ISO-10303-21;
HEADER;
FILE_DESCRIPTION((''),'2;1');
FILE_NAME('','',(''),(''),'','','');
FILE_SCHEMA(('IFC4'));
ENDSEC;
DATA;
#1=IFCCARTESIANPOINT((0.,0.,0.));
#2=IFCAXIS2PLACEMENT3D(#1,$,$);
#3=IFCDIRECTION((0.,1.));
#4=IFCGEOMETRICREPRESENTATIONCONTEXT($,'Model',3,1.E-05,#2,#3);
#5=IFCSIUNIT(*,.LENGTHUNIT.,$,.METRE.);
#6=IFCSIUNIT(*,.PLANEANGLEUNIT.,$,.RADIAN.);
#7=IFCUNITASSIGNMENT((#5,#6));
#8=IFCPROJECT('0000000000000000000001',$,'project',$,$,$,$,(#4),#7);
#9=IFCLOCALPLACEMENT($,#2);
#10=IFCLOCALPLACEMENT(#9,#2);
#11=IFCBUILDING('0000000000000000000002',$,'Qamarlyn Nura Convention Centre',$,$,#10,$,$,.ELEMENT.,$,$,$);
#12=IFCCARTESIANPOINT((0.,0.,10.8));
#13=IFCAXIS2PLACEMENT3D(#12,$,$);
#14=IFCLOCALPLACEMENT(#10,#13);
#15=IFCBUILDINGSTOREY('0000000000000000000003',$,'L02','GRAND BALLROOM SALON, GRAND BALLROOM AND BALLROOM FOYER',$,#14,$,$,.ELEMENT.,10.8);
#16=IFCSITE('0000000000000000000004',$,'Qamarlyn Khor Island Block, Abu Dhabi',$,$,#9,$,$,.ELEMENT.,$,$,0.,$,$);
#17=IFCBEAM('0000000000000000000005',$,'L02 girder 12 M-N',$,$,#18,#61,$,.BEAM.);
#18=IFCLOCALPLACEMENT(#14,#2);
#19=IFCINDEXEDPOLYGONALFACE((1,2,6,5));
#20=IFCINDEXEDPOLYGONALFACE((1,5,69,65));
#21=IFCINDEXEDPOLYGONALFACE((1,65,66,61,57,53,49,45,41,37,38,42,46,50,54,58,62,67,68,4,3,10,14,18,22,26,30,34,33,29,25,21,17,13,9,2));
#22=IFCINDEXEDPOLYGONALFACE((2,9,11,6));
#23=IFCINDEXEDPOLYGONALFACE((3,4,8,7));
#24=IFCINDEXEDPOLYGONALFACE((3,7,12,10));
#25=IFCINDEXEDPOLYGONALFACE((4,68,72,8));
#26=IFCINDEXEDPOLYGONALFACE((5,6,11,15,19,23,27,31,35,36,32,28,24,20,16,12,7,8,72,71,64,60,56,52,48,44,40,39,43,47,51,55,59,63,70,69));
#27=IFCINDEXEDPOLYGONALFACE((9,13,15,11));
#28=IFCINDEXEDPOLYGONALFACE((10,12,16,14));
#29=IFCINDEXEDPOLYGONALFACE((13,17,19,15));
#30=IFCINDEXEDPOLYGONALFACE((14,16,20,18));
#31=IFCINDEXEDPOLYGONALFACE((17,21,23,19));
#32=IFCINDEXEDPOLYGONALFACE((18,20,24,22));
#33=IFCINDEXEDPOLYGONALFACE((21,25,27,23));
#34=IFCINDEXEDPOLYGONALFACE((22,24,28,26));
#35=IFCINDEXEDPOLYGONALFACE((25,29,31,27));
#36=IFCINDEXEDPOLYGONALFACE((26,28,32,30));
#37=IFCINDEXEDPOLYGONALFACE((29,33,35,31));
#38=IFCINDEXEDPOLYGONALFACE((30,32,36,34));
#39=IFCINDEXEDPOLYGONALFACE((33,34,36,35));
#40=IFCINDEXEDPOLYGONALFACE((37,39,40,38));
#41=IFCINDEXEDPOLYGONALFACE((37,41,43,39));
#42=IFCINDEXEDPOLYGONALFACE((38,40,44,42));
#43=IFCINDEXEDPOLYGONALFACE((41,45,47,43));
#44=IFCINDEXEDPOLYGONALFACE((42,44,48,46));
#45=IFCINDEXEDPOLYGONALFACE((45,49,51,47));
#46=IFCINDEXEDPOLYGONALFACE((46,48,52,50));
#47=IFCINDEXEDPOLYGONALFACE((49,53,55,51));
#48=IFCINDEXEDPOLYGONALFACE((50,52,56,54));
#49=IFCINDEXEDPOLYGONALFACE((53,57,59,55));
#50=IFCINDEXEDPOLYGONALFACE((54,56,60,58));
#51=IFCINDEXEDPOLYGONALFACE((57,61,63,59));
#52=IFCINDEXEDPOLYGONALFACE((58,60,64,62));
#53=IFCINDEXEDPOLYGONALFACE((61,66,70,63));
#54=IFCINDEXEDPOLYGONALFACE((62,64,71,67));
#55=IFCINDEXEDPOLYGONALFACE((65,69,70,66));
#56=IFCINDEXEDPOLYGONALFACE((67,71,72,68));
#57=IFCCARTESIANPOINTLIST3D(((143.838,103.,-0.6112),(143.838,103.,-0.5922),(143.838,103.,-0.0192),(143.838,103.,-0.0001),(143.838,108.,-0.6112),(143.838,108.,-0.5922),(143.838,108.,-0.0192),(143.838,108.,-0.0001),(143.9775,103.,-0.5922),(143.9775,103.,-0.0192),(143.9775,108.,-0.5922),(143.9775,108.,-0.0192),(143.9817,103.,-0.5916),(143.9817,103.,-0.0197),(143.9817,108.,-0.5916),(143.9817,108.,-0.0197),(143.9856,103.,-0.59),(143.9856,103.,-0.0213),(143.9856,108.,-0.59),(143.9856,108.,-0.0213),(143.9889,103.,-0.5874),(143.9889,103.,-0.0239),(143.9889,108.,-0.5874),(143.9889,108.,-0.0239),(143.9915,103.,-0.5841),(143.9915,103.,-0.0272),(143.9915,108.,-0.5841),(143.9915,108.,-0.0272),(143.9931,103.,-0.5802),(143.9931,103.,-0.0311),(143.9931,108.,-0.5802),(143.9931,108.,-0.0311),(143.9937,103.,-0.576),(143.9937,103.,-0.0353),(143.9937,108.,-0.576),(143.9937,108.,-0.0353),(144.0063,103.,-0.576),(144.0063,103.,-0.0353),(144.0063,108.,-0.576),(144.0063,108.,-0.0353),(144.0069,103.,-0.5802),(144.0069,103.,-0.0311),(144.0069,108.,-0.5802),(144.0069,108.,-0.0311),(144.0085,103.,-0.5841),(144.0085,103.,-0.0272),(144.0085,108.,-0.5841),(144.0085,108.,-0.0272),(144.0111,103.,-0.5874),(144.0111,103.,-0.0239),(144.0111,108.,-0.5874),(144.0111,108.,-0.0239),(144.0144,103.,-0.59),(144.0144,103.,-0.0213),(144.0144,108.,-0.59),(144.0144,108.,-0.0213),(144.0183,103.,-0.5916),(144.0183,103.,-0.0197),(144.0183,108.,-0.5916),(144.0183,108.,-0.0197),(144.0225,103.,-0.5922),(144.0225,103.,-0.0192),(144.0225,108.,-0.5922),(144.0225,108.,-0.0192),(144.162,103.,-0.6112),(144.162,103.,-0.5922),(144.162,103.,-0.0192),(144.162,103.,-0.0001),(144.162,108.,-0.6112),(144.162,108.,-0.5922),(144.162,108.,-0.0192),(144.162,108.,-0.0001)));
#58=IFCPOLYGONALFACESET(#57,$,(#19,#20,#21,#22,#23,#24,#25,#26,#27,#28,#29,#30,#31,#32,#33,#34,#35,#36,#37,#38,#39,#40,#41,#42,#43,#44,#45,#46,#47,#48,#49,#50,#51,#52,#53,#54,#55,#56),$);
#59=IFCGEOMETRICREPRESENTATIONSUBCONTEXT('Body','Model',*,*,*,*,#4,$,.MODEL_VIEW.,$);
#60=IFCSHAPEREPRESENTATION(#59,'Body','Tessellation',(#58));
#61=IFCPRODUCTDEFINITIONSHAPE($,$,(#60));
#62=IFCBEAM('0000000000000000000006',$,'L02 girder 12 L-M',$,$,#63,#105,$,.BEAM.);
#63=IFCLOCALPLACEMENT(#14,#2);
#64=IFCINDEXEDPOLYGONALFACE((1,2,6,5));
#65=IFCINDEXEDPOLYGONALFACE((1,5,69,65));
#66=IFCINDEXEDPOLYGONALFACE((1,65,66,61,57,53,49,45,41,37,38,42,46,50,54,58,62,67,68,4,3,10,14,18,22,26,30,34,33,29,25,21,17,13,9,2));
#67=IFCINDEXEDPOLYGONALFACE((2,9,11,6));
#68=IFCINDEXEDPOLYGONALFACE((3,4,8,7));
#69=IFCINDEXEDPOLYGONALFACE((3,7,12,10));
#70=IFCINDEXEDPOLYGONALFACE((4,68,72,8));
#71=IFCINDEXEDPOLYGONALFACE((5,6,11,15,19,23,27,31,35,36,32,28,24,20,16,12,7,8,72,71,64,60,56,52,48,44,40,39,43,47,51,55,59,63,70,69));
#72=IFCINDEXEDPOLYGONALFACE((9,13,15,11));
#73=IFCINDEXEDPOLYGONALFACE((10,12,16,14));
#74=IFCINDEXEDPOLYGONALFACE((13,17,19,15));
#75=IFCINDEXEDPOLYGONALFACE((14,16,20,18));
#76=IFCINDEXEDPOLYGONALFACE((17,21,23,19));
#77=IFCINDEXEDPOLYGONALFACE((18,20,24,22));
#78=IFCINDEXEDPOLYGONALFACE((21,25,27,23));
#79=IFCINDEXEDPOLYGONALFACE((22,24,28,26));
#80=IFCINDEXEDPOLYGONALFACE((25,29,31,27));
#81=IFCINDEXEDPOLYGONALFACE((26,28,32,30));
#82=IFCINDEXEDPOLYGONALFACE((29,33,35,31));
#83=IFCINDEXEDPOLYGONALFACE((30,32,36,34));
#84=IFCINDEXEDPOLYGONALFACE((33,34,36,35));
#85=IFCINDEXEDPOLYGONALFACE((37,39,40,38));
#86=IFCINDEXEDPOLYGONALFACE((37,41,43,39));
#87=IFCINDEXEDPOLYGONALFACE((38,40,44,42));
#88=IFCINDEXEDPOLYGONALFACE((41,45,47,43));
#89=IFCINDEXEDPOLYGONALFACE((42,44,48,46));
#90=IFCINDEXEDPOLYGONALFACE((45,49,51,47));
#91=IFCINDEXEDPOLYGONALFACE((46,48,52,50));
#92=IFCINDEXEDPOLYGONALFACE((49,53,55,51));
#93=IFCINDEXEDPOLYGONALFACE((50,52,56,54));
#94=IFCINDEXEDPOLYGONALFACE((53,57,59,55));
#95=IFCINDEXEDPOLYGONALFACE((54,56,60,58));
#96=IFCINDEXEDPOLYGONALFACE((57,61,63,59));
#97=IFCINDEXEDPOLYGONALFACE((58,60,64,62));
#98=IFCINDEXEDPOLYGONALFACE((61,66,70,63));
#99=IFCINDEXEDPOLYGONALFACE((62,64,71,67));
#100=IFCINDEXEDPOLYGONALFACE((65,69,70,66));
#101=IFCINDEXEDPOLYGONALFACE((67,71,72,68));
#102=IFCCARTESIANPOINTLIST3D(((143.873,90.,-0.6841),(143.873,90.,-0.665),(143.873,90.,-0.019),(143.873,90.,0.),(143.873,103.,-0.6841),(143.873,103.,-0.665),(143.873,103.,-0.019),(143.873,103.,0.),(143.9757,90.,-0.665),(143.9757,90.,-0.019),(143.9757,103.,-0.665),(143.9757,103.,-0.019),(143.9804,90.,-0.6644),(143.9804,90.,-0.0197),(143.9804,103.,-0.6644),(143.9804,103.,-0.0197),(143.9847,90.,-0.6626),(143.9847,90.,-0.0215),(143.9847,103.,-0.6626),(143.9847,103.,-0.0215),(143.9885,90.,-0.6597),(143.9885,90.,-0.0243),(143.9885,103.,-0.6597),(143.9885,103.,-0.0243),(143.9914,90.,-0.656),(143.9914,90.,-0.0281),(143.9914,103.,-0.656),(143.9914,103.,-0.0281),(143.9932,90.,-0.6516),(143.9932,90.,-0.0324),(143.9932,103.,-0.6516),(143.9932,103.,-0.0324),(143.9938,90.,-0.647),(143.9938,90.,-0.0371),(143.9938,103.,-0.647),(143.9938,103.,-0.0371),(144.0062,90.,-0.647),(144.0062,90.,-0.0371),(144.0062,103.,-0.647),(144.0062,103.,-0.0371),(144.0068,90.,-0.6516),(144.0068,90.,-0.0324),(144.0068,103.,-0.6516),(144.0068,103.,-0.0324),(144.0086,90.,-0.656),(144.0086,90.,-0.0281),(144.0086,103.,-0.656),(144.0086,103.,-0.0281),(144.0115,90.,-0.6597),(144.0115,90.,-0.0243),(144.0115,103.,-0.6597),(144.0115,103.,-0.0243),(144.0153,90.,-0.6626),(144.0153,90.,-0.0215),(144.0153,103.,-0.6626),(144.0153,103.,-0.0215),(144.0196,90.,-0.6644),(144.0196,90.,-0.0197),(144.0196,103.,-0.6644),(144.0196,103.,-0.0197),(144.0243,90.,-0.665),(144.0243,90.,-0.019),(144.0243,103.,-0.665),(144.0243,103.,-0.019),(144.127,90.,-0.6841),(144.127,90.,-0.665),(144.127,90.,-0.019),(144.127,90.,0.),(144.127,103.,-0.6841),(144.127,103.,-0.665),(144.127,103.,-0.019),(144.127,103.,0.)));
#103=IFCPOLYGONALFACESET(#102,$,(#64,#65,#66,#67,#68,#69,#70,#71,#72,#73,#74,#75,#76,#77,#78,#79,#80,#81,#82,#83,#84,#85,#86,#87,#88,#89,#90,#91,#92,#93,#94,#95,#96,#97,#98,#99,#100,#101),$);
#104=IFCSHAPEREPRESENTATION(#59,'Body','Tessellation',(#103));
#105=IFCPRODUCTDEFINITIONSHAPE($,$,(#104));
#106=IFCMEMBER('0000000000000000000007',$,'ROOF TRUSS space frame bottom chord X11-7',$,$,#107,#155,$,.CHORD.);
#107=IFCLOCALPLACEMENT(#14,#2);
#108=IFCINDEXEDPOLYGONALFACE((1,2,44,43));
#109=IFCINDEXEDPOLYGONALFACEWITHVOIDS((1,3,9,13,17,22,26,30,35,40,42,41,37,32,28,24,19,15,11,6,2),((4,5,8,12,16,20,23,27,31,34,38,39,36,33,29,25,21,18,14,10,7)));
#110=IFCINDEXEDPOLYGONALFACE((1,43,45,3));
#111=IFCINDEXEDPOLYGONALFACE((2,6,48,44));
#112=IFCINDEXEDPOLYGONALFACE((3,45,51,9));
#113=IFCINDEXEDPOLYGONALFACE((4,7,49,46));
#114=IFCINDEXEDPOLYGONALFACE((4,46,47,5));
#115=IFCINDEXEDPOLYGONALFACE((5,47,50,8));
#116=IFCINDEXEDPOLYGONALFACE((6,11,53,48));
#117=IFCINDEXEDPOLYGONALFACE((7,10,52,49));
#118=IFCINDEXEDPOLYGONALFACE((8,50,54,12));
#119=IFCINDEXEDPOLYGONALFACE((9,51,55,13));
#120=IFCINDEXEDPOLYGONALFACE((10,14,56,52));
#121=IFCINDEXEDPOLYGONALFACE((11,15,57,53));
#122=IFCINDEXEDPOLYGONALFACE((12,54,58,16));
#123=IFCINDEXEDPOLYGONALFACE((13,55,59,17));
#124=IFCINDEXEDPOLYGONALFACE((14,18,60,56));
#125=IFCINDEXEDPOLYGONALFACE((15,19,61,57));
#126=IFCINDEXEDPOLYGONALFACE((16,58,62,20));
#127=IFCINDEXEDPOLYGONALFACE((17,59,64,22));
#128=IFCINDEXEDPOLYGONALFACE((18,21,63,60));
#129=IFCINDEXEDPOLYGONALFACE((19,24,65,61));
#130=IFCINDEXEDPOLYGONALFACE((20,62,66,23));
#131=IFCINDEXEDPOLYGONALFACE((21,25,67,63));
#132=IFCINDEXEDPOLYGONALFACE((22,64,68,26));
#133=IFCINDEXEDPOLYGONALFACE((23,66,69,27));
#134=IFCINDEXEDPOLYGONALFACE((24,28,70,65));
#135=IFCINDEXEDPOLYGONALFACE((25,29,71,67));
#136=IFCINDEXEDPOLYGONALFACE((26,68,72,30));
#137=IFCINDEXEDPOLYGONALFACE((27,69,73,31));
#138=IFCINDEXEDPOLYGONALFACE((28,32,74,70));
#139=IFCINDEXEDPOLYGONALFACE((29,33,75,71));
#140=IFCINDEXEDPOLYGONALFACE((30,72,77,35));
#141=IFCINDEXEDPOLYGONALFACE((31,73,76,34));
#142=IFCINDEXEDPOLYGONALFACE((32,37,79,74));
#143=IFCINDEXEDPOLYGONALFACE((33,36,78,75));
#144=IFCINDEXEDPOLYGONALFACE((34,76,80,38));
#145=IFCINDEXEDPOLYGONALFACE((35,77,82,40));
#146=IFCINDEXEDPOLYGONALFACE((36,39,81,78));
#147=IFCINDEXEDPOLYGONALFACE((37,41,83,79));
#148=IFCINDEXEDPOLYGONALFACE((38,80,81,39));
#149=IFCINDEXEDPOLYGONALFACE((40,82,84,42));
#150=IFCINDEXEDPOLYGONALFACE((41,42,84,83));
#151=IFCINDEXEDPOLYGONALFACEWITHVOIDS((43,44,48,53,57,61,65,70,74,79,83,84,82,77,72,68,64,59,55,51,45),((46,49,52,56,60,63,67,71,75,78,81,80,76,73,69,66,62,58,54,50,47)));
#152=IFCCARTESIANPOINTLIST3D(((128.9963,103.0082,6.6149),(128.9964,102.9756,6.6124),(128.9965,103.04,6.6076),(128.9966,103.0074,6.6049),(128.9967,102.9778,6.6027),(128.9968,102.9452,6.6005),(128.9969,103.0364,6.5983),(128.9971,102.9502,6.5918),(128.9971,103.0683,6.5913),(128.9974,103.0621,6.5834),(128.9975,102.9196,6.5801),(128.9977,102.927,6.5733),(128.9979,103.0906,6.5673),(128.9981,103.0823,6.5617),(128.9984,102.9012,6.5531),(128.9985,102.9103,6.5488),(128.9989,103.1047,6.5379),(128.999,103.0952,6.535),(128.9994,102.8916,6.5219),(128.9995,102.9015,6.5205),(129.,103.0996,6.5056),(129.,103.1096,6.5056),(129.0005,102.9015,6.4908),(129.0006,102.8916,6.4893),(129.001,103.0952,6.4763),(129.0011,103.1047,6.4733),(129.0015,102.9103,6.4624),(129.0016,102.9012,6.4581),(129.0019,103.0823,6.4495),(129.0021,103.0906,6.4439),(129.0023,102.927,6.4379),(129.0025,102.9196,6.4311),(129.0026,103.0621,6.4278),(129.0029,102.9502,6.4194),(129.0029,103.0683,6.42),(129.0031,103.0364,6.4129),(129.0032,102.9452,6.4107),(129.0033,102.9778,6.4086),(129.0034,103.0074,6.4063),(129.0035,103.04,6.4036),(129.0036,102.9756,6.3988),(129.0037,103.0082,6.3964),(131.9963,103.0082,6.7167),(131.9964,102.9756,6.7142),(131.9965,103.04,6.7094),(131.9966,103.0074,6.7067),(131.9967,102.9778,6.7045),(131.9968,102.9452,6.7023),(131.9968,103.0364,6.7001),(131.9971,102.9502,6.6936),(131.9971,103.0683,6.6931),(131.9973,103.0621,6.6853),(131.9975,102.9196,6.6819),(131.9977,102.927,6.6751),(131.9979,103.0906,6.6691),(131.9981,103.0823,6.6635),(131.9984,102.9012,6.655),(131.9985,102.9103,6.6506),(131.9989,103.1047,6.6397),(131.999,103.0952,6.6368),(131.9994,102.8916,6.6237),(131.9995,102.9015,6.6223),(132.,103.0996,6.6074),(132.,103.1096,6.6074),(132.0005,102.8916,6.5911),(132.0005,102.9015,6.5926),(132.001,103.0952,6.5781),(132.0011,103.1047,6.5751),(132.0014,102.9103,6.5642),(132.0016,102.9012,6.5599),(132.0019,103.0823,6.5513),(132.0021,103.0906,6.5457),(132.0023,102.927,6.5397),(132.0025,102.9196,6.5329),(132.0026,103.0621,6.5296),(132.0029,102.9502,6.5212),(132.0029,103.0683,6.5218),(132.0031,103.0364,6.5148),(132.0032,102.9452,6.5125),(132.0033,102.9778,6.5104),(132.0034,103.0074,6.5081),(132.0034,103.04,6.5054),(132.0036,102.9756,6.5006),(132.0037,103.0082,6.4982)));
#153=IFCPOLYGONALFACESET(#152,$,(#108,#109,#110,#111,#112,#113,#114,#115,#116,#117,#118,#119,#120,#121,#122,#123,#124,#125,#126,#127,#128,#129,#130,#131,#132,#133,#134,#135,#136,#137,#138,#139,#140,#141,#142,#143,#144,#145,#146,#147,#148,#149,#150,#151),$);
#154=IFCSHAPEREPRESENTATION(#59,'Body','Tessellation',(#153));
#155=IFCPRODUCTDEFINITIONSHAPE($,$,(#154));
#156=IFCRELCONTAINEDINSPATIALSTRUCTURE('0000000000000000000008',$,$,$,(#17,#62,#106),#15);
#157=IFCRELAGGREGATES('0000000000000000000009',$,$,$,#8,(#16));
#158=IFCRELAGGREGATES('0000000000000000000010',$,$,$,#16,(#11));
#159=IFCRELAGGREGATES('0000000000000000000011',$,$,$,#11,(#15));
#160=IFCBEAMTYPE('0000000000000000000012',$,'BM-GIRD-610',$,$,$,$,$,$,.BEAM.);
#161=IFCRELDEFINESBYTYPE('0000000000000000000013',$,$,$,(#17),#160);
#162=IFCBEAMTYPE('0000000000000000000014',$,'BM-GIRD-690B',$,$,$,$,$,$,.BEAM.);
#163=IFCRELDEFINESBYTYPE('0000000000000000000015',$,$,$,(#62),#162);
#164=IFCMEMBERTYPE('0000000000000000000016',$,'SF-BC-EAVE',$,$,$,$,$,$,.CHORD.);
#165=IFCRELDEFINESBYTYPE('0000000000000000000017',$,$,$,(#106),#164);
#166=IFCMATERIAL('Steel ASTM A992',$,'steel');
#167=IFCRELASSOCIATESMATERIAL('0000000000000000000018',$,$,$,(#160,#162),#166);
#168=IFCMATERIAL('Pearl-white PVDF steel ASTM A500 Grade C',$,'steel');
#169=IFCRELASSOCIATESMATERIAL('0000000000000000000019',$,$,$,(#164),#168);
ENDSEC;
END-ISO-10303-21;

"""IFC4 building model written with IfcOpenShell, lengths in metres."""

from ifc_helpers import new_model, si_unit, direction, frame, origin, origin_2d, place, context, subcontext, project, spatial, hollow_circle, i_section, extrude, material, material_profile, profile_set, type_object, element, save


model = new_model("IFC4")

# Units and contexts
model_context = context("Model", 3, precision=1e-05, world=origin(), true_north=direction((0.0, 1.0)))
body_context = subcontext(model_context, "Body", "Model", "MODEL_VIEW")
ifc_project = project(units=[si_unit("LENGTHUNIT", "METRE"), si_unit("PLANEANGLEUNIT", "RADIAN")], contexts=[model_context])

# Site, building, storey
site_placement = place(None, origin())
site = spatial("IfcSite", under=ifc_project, at=site_placement, Name="Qamarlyn Khor Island Block, Abu Dhabi", CompositionType="ELEMENT", RefElevation=0.0)
building_placement = place(site_placement, origin())
building = spatial("IfcBuilding", under=site, at=building_placement, Name="Qamarlyn Nura Convention Centre", CompositionType="ELEMENT")
storey_placement = place(building_placement, frame((0.0, 0.0, 10.8)))
storey = spatial("IfcBuildingStorey", under=building, at=storey_placement, Name="L02", Description="GRAND BALLROOM SALON, GRAND BALLROOM AND BALLROOM FOYER", CompositionType="ELEMENT", Elevation=10.8)

# Beams
ifc_material_1 = material(Name="Steel ASTM A992", Category="steel")
ifc_material_profile_1 = material_profile(ifc_material_1, i_section(OverallWidth=0.324, OverallDepth=0.6111, WebThickness=0.0127, FlangeThickness=0.019, FilletRadius=0.0161, at=origin_2d()), Name="W610X155")
ifc_profile_set_1 = profile_set([ifc_material_profile_1], Name="Steel ASTM A992")
beam_type_1 = type_object("IfcBeamType", Name="BM-GIRD-610", PredefinedType="BEAM", material=ifc_profile_set_1)
beam_1_placement = place(storey_placement, frame((144.0, 103.0, -0.3057), z_axis=(0.0, 1.0, 0.0), x_axis=(-1.0, 0.0, 0.0)))
element("IfcBeam", 1, at=beam_1_placement, inside=storey, type_object=beam_type_1, Name="L02 girder 12 M-N", PredefinedType="BEAM", context=body_context, shape_type="SweptSolid", body=[
    extrude(i_section(OverallWidth=0.324, OverallDepth=0.6111, WebThickness=0.0127, FlangeThickness=0.019, FilletRadius=0.0161, at=origin_2d()), origin(), (0.0, 0.0, 1.0), 5.0),
])
ifc_material_profile_2 = material_profile(ifc_material_1, i_section(OverallWidth=0.2539, OverallDepth=0.6841, WebThickness=0.0125, FlangeThickness=0.019, FilletRadius=0.0181, at=origin_2d()), Name="W690X140")
ifc_profile_set_2 = profile_set([ifc_material_profile_2], Name="Steel ASTM A992")
beam_type_2 = type_object("IfcBeamType", Name="BM-GIRD-690B", PredefinedType="BEAM", material=ifc_profile_set_2)
beam_2_placement = place(storey_placement, frame((144.0, 90.0, -0.342), z_axis=(0.0, 1.0, 0.0), x_axis=(-1.0, 0.0, 0.0)))
element("IfcBeam", 2, at=beam_2_placement, inside=storey, type_object=beam_type_2, Name="L02 girder 12 L-M", PredefinedType="BEAM", context=body_context, shape_type="SweptSolid", body=[
    extrude(i_section(OverallWidth=0.2539, OverallDepth=0.6841, WebThickness=0.0125, FlangeThickness=0.019, FilletRadius=0.0181, at=origin_2d()), origin(), (0.0, 0.0, 1.0), 13.0),
])

# Member
ifc_material_2 = material(Name="Pearl-white PVDF steel ASTM A500 Grade C", Category="steel")
ifc_material_profile_3 = material_profile(ifc_material_2, hollow_circle(Radius=0.1096, WallThickness=0.01, at=origin_2d()), Name="CHS219.1X10")
ifc_profile_set_3 = profile_set([ifc_material_profile_3], Name="Pearl-white PVDF steel ASTM A500 Grade C")
member_type_1 = type_object("IfcMemberType", Name="SF-BC-EAVE", PredefinedType="CHORD", material=ifc_profile_set_3)
member_1_placement = place(storey_placement, frame((129.0, 103.0, 6.5056), z_axis=(0.999425, 0.0, 0.033916), x_axis=(0.0, 1.0, 0.0)))
element("IfcMember", 3, at=member_1_placement, inside=storey, type_object=member_type_1, Name="ROOF TRUSS space frame bottom chord X11-7", PredefinedType="CHORD", context=body_context, shape_type="SweptSolid", body=[
    extrude(hollow_circle(Radius=0.1096, WallThickness=0.01, at=origin_2d()), origin(), (0.0, 0.0, 1.0), 3.0017),
])

save(model, "model.ifc")
